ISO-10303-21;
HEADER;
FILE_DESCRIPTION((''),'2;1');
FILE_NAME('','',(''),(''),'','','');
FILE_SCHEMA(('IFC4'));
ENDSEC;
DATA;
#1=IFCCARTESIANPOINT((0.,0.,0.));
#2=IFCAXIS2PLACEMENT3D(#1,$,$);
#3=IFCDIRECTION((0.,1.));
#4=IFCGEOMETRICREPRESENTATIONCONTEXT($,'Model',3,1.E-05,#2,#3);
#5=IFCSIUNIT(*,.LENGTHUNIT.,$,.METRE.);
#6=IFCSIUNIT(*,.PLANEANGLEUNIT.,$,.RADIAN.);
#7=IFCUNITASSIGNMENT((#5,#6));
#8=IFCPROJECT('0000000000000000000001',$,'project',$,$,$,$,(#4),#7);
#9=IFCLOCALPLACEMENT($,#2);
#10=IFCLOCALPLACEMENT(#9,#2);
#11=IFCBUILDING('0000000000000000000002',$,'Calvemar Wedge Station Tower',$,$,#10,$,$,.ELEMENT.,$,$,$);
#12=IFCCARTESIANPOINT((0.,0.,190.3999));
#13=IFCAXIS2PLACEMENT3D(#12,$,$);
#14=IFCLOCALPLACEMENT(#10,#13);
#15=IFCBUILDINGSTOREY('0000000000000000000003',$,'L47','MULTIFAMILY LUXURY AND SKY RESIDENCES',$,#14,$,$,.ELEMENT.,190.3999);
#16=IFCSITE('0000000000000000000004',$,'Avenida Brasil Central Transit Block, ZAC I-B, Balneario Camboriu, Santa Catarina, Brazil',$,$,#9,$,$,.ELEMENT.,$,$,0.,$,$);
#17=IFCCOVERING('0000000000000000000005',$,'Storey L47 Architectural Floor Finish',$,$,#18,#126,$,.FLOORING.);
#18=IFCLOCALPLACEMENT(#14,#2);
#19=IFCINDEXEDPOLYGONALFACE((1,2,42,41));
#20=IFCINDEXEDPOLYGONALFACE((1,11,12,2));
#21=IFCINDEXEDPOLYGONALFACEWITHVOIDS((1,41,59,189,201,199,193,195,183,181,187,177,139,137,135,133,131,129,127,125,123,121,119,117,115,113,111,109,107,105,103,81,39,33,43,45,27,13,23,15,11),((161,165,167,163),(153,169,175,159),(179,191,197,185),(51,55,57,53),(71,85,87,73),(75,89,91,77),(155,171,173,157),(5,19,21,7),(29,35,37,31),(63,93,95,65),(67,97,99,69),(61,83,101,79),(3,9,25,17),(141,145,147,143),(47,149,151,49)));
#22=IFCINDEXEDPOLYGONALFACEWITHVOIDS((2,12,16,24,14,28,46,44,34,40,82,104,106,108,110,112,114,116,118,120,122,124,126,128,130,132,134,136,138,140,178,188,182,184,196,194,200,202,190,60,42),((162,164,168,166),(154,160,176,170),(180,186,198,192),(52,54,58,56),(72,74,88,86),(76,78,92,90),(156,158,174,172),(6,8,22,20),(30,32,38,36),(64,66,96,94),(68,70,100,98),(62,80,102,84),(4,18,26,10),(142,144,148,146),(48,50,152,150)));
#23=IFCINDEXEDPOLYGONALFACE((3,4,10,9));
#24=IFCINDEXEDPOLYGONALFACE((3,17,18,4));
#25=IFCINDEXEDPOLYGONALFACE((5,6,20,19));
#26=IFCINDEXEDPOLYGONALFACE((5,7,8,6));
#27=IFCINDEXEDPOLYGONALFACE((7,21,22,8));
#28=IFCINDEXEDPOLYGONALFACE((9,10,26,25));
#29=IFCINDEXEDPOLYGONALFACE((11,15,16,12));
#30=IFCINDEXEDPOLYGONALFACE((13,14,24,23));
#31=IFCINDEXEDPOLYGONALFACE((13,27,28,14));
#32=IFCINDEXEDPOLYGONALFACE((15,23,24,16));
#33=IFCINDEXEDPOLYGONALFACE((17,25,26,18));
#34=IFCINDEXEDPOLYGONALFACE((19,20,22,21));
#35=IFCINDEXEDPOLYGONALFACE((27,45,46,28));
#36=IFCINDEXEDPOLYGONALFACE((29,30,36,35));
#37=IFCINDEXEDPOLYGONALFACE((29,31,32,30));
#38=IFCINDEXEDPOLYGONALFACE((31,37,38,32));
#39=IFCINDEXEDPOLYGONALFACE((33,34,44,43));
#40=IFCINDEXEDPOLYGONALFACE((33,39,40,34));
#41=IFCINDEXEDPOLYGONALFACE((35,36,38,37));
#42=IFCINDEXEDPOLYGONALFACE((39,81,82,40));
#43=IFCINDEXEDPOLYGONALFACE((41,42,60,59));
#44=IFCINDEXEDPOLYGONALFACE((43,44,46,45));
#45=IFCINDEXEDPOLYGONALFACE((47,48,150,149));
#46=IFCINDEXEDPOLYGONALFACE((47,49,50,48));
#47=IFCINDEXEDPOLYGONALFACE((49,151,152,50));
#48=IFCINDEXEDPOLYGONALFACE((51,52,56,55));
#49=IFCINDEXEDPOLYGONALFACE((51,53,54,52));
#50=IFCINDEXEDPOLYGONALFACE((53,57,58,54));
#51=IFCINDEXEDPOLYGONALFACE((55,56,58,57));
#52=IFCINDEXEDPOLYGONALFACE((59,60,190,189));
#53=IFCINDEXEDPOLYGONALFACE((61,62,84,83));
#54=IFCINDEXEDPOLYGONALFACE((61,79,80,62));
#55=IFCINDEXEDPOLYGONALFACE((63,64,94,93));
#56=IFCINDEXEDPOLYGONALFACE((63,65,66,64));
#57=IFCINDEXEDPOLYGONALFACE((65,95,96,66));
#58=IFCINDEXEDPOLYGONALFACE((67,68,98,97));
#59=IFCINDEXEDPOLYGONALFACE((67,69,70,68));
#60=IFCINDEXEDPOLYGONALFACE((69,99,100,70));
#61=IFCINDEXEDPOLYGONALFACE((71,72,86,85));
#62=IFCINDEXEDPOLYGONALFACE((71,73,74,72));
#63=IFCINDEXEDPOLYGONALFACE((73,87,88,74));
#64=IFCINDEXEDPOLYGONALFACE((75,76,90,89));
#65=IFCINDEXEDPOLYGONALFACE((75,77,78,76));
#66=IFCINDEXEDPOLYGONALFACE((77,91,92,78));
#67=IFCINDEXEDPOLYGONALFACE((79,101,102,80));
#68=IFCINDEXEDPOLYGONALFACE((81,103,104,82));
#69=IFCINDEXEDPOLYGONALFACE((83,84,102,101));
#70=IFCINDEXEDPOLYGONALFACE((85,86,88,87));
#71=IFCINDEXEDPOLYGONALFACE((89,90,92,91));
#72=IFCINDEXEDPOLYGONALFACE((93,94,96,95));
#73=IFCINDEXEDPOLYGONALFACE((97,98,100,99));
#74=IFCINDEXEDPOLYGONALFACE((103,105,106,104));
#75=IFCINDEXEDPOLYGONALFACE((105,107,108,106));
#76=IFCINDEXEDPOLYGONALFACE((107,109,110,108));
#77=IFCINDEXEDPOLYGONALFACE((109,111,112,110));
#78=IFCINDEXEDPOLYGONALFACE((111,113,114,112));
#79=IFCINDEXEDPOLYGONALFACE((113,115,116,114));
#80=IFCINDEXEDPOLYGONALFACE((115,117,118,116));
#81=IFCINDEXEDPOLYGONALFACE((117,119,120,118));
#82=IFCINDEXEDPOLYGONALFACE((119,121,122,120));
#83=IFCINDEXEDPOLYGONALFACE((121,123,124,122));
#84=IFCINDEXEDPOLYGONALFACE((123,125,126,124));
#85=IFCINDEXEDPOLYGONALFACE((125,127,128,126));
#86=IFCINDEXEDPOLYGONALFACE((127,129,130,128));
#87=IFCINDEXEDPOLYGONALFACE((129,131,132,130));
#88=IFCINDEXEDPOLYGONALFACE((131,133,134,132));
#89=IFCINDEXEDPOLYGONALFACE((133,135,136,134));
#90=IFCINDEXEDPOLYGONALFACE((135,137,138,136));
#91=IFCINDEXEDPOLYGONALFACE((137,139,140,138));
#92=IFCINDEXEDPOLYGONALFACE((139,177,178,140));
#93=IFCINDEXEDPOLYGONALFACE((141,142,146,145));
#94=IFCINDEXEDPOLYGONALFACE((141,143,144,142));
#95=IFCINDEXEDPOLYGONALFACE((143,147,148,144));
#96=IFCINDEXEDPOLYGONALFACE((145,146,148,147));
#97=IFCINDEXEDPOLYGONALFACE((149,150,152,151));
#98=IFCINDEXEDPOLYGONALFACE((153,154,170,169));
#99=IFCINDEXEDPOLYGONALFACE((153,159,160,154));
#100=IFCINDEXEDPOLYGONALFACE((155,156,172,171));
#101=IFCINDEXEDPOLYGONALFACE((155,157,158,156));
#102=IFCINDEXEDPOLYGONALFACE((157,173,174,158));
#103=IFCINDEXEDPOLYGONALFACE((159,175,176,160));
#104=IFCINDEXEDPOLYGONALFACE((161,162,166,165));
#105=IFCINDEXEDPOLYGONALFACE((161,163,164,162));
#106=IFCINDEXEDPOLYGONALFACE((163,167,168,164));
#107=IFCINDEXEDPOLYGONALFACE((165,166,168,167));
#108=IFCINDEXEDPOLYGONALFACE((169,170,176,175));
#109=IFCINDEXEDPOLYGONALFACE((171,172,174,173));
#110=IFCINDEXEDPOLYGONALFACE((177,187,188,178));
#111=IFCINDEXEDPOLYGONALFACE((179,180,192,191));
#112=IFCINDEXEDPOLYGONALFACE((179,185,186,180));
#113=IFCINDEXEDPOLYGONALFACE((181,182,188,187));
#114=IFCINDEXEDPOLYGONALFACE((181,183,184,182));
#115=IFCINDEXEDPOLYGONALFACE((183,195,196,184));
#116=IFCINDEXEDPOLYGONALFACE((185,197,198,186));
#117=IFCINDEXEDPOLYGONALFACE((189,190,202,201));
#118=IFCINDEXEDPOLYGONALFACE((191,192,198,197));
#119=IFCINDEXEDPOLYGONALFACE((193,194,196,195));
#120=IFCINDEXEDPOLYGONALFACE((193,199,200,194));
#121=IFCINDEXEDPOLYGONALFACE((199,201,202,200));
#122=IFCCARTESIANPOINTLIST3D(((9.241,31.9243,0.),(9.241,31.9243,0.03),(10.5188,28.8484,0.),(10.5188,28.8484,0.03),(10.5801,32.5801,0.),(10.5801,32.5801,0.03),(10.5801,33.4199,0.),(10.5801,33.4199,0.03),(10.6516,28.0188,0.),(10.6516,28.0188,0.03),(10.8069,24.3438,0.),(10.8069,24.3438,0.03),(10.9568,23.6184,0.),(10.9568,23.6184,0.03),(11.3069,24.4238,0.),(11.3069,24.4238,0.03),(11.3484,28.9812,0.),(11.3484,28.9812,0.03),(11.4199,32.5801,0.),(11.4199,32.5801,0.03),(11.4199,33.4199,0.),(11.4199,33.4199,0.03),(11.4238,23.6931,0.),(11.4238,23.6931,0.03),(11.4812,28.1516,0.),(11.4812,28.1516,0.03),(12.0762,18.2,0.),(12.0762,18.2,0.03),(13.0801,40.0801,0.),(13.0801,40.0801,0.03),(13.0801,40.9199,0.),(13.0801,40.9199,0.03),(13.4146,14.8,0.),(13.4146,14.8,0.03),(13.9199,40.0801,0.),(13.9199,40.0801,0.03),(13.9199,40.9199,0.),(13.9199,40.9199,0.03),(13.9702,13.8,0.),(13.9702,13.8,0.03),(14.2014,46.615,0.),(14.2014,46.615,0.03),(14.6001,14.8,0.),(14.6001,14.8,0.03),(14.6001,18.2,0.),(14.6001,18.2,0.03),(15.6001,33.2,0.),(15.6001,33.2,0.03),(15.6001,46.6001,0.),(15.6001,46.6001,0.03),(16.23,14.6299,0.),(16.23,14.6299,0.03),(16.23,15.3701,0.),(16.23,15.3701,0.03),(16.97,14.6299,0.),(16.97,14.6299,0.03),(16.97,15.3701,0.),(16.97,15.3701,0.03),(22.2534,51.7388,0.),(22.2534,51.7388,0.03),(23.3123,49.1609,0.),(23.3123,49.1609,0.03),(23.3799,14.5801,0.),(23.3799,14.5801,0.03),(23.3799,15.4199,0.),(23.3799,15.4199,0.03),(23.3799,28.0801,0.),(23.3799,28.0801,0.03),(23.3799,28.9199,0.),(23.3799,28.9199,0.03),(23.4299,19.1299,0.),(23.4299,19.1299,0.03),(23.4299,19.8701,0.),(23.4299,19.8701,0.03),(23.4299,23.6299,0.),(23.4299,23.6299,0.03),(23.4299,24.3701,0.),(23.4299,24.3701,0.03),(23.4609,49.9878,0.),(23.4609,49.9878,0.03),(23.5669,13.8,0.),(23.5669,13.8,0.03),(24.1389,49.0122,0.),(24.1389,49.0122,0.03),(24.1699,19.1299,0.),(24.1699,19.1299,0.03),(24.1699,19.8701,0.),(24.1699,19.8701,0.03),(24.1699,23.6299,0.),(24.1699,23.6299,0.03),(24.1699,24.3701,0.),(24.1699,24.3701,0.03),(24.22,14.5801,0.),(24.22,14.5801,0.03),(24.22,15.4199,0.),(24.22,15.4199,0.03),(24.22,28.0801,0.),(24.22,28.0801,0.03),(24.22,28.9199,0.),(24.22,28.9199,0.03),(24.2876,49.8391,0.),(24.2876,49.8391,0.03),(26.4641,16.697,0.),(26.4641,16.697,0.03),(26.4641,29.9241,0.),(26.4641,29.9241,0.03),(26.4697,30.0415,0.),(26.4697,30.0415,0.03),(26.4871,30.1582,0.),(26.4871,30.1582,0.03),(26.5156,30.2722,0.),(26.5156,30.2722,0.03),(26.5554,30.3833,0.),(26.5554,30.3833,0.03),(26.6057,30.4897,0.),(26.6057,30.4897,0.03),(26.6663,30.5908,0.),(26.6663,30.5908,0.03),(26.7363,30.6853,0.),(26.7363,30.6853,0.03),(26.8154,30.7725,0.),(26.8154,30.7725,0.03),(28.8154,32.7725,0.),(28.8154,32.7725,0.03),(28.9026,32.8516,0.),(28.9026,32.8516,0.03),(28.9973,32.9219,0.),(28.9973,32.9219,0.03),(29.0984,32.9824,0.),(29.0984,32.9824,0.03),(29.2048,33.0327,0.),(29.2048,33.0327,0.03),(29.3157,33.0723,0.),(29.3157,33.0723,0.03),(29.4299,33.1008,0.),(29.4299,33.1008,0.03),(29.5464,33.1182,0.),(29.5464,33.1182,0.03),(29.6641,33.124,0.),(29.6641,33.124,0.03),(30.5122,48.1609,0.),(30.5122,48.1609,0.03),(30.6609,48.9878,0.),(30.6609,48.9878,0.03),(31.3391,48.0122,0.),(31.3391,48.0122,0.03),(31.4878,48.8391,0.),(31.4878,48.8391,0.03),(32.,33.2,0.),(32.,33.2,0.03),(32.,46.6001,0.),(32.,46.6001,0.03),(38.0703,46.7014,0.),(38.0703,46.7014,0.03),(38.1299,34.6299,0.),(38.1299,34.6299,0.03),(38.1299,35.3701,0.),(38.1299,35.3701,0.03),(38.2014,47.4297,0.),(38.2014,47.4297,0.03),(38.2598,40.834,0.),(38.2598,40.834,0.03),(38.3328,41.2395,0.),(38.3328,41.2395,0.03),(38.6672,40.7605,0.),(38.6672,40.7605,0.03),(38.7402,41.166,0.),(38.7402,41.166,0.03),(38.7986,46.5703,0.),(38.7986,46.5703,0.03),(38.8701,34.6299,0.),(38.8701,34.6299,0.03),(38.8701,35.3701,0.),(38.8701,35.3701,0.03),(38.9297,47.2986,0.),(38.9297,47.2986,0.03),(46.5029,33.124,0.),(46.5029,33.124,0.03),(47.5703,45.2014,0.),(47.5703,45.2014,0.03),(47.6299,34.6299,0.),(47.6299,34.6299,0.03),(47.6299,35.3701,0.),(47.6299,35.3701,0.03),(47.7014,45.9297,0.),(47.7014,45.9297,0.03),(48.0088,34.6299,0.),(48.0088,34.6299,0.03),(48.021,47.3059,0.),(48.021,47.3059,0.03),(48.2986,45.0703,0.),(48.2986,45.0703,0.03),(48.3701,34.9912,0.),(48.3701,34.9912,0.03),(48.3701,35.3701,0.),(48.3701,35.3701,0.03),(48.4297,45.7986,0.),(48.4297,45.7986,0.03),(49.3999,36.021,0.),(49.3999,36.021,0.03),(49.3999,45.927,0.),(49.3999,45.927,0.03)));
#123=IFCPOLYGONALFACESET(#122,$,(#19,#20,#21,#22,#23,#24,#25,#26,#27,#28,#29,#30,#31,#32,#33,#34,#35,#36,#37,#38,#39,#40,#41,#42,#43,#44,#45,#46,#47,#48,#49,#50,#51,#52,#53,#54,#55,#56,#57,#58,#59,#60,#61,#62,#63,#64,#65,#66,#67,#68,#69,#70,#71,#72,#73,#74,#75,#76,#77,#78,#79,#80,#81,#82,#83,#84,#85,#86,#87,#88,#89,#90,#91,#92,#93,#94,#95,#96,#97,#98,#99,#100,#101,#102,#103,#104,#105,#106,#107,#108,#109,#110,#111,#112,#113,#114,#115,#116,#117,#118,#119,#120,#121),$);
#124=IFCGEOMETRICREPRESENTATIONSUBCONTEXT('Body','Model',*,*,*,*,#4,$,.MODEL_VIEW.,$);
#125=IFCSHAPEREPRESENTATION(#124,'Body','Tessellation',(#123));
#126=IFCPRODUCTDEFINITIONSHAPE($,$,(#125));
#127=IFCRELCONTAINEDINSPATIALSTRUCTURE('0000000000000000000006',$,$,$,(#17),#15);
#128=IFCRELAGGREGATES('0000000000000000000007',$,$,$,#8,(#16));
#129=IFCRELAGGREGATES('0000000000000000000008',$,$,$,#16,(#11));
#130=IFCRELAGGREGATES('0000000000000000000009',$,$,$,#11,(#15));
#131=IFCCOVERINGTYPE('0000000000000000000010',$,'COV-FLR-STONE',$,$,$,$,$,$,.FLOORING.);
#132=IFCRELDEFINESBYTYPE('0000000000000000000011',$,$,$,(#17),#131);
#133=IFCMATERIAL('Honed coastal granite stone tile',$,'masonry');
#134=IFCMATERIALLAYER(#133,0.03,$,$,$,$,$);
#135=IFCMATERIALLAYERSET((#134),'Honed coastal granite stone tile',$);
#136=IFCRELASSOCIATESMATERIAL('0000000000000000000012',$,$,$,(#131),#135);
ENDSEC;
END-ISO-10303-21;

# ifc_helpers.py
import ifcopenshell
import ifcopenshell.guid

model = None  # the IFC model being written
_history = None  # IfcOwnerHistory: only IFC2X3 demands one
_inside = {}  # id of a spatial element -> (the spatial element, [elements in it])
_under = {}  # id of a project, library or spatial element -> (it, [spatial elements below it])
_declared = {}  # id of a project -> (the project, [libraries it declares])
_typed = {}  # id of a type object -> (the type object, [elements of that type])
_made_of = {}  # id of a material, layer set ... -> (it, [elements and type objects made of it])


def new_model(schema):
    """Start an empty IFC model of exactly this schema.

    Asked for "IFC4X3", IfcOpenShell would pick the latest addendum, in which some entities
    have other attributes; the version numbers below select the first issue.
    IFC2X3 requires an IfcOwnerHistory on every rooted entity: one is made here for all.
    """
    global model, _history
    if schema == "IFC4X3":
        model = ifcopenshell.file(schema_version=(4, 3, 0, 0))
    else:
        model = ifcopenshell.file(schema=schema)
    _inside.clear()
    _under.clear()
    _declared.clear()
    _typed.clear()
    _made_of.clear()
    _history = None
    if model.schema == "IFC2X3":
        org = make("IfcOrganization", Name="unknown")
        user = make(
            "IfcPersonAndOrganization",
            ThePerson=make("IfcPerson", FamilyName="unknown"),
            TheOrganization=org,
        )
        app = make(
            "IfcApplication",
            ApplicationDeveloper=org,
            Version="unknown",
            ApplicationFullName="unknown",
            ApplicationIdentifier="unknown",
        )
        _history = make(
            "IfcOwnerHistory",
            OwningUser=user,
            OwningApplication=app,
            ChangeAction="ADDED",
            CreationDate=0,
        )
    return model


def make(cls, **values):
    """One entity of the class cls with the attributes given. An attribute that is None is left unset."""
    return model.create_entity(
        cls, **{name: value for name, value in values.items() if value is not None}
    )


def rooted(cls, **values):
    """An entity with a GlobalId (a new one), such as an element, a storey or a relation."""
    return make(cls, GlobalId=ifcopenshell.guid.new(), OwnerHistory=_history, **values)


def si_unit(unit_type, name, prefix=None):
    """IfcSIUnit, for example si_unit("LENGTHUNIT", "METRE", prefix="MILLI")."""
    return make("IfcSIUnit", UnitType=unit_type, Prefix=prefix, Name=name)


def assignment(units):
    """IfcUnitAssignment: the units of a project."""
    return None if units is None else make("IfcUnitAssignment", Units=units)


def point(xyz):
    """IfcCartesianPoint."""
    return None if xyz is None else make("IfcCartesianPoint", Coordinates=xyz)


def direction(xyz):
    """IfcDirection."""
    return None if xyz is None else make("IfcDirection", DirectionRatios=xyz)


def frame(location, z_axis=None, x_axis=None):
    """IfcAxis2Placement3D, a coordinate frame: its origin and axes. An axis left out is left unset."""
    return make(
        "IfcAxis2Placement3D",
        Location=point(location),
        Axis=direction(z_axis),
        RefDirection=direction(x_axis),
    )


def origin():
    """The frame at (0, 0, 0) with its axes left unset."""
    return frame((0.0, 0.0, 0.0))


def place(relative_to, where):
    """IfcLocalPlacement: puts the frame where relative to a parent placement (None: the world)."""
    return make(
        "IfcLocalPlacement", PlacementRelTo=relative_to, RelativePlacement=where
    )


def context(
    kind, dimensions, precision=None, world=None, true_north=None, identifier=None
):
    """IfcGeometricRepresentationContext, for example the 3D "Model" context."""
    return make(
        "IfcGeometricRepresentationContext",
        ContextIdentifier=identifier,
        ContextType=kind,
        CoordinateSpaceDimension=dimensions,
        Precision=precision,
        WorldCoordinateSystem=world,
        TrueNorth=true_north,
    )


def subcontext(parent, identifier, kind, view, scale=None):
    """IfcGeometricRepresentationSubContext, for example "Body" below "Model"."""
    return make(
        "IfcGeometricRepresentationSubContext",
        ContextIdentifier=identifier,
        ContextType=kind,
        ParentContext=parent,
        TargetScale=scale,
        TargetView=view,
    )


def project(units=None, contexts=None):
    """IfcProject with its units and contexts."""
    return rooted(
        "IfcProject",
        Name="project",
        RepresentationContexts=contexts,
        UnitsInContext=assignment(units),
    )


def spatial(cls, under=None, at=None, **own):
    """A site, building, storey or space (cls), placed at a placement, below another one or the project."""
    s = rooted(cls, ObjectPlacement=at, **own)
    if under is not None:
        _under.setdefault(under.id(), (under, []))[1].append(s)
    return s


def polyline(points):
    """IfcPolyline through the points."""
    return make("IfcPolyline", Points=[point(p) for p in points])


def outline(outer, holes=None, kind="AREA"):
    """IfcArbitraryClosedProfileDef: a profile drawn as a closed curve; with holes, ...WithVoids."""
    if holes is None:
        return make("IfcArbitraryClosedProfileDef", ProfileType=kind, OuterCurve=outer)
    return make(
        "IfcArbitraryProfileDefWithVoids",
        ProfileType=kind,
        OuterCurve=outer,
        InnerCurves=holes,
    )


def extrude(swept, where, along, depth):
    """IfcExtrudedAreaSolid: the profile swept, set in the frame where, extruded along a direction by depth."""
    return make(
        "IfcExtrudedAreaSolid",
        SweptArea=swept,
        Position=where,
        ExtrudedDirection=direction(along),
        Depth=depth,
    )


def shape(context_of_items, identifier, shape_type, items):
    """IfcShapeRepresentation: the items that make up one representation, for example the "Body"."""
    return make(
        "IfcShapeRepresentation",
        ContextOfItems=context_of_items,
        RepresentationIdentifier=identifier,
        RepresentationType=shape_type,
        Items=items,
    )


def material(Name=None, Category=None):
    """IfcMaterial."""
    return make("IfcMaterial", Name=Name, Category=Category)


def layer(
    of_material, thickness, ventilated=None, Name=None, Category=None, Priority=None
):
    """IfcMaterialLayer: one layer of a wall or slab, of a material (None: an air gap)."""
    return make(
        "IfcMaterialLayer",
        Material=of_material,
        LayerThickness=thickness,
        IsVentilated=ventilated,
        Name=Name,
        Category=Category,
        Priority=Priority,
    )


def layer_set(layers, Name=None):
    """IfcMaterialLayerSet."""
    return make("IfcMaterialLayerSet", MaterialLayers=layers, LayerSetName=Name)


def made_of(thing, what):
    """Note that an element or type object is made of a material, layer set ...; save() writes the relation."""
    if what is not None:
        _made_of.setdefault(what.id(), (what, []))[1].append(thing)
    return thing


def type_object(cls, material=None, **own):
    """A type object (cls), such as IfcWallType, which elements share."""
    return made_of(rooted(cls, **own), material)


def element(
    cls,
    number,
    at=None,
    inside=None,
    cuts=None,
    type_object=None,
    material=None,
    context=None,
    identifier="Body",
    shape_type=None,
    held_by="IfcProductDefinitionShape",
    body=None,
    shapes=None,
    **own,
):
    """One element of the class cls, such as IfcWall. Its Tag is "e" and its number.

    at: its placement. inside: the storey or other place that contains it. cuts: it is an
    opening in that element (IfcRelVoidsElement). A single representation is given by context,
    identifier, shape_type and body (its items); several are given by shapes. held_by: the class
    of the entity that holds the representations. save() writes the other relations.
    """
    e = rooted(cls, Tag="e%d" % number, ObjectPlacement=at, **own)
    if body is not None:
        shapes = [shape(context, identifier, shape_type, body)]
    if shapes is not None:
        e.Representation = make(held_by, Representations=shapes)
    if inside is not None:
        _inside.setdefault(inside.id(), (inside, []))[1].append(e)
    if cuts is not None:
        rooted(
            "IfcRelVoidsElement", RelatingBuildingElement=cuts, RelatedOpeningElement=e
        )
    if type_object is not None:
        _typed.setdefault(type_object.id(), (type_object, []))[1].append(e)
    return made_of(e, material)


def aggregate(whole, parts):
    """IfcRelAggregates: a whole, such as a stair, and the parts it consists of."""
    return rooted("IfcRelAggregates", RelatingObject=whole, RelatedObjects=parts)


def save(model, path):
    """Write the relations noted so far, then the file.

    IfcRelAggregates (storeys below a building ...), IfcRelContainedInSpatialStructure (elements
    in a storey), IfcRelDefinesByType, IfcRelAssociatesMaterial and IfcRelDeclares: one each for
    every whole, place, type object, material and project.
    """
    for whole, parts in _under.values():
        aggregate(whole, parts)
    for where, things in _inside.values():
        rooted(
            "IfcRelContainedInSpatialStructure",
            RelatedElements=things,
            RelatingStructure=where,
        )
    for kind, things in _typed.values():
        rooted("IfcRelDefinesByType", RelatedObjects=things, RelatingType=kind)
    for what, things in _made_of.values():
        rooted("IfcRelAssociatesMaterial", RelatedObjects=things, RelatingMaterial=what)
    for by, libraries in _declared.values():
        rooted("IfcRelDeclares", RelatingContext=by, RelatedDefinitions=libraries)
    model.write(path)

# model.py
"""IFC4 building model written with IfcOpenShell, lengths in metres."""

from ifc_helpers import new_model, si_unit, direction, frame, origin, place, context, subcontext, project, spatial, polyline, outline, extrude, material, layer, layer_set, type_object, element, save


model = new_model("IFC4")

# Units and contexts
model_context = context("Model", 3, precision=1e-05, world=origin(), true_north=direction((0.0, 1.0)))
body_context = subcontext(model_context, "Body", "Model", "MODEL_VIEW")
ifc_project = project(units=[si_unit("LENGTHUNIT", "METRE"), si_unit("PLANEANGLEUNIT", "RADIAN")], contexts=[model_context])

# Site, building, storey
site_placement = place(None, origin())
site = spatial("IfcSite", under=ifc_project, at=site_placement, Name="Avenida Brasil Central Transit Block, ZAC I-B, Balneario Camboriu, Santa Catarina, Brazil", CompositionType="ELEMENT", RefElevation=0.0)
building_placement = place(site_placement, origin())
building = spatial("IfcBuilding", under=site, at=building_placement, Name="Calvemar Wedge Station Tower", CompositionType="ELEMENT")
storey_placement = place(building_placement, frame((0.0, 0.0, 190.3999)))
storey = spatial("IfcBuildingStorey", under=building, at=storey_placement, Name="L47", Description="MULTIFAMILY LUXURY AND SKY RESIDENCES", CompositionType="ELEMENT", Elevation=190.3999)

# Covering
ifc_material_1 = material(Name="Honed coastal granite stone tile", Category="masonry")
ifc_layer_1 = layer(ifc_material_1, 0.03)
ifc_layer_set_1 = layer_set([ifc_layer_1], Name="Honed coastal granite stone tile")
covering_type_1 = type_object("IfcCoveringType", Name="COV-FLR-STONE", PredefinedType="FLOORING", material=ifc_layer_set_1)
covering_1_placement = place(storey_placement, origin())
element("IfcCovering", 1, at=covering_1_placement, inside=storey, type_object=covering_type_1, Name="Storey L47 Architectural Floor Finish", PredefinedType="FLOORING", context=body_context, shape_type="SweptSolid", body=[
    extrude(outline(polyline([(26.8154, 30.7725), (28.8154, 32.7725), (28.9026, 32.8516), (28.9973, 32.9219), (29.0984, 32.9824), (29.2048, 33.0327), (29.3157, 33.0723), (29.4299, 33.1008), (29.5464, 33.1182), (29.6641, 33.124), (46.5029, 33.124), (48.0088, 34.6299), (47.6299, 34.6299), (47.6299, 35.3701), (48.3701, 35.3701), (48.3701, 34.9912), (49.3999, 36.021), (49.3999, 45.927), (48.021, 47.3059), (22.2534, 51.7388), (14.2014, 46.615), (9.241, 31.9243), (10.8069, 24.3438), (11.3069, 24.4238), (11.4238, 23.6931), (10.9568, 23.6184), (12.0762, 18.2), (14.6001, 18.2), (14.6001, 14.8), (13.4146, 14.8), (13.9702, 13.8), (23.5669, 13.8), (26.4641, 16.697), (26.4641, 29.9241), (26.4697, 30.0415), (26.4871, 30.1582), (26.5156, 30.2722), (26.5554, 30.3833), (26.6057, 30.4897), (26.6663, 30.5908), (26.7363, 30.6853), (26.8154, 30.7725)]), holes=[polyline([(15.6001, 46.6001), (32.0, 46.6001), (32.0, 33.2), (15.6001, 33.2), (15.6001, 46.6001)]), polyline([(10.5801, 32.5801), (10.5801, 33.4199), (11.4199, 33.4199), (11.4199, 32.5801), (10.5801, 32.5801)]), polyline([(13.0801, 40.9199), (13.9199, 40.9199), (13.9199, 40.0801), (13.0801, 40.0801), (13.0801, 40.9199)]), polyline([(24.2876, 49.8391), (24.1389, 49.0122), (23.3123, 49.1609), (23.4609, 49.9878), (24.2876, 49.8391)]), polyline([(31.3391, 48.0122), (30.5122, 48.1609), (30.6609, 48.9878), (31.4878, 48.8391), (31.3391, 48.0122)]), polyline([(38.0703, 46.7014), (38.2014, 47.4297), (38.9297, 47.2986), (38.7986, 46.5703), (38.0703, 46.7014)]), polyline([(47.7014, 45.9297), (48.4297, 45.7986), (48.2986, 45.0703), (47.5703, 45.2014), (47.7014, 45.9297)]), polyline([(38.8701, 35.3701), (38.8701, 34.6299), (38.1299, 34.6299), (38.1299, 35.3701), (38.8701, 35.3701)]), polyline([(38.2598, 40.834), (38.3328, 41.2395), (38.7402, 41.166), (38.6672, 40.7605), (38.2598, 40.834)]), polyline([(11.3484, 28.9812), (11.4812, 28.1516), (10.6516, 28.0188), (10.5188, 28.8484), (11.3484, 28.9812)]), polyline([(24.22, 28.0801), (23.3799, 28.0801), (23.3799, 28.9199), (24.22, 28.9199), (24.22, 28.0801)]), polyline([(23.4299, 23.6299), (23.4299, 24.3701), (24.1699, 24.3701), (24.1699, 23.6299), (23.4299, 23.6299)]), polyline([(23.4299, 19.8701), (24.1699, 19.8701), (24.1699, 19.1299), (23.4299, 19.1299), (23.4299, 19.8701)]), polyline([(24.22, 15.4199), (24.22, 14.5801), (23.3799, 14.5801), (23.3799, 15.4199), (24.22, 15.4199)]), polyline([(16.97, 14.6299), (16.23, 14.6299), (16.23, 15.3701), (16.97, 15.3701), (16.97, 14.6299)])]), origin(), (0.0, 0.0, 1.0), 0.03),
])

save(model, "model.ifc")
